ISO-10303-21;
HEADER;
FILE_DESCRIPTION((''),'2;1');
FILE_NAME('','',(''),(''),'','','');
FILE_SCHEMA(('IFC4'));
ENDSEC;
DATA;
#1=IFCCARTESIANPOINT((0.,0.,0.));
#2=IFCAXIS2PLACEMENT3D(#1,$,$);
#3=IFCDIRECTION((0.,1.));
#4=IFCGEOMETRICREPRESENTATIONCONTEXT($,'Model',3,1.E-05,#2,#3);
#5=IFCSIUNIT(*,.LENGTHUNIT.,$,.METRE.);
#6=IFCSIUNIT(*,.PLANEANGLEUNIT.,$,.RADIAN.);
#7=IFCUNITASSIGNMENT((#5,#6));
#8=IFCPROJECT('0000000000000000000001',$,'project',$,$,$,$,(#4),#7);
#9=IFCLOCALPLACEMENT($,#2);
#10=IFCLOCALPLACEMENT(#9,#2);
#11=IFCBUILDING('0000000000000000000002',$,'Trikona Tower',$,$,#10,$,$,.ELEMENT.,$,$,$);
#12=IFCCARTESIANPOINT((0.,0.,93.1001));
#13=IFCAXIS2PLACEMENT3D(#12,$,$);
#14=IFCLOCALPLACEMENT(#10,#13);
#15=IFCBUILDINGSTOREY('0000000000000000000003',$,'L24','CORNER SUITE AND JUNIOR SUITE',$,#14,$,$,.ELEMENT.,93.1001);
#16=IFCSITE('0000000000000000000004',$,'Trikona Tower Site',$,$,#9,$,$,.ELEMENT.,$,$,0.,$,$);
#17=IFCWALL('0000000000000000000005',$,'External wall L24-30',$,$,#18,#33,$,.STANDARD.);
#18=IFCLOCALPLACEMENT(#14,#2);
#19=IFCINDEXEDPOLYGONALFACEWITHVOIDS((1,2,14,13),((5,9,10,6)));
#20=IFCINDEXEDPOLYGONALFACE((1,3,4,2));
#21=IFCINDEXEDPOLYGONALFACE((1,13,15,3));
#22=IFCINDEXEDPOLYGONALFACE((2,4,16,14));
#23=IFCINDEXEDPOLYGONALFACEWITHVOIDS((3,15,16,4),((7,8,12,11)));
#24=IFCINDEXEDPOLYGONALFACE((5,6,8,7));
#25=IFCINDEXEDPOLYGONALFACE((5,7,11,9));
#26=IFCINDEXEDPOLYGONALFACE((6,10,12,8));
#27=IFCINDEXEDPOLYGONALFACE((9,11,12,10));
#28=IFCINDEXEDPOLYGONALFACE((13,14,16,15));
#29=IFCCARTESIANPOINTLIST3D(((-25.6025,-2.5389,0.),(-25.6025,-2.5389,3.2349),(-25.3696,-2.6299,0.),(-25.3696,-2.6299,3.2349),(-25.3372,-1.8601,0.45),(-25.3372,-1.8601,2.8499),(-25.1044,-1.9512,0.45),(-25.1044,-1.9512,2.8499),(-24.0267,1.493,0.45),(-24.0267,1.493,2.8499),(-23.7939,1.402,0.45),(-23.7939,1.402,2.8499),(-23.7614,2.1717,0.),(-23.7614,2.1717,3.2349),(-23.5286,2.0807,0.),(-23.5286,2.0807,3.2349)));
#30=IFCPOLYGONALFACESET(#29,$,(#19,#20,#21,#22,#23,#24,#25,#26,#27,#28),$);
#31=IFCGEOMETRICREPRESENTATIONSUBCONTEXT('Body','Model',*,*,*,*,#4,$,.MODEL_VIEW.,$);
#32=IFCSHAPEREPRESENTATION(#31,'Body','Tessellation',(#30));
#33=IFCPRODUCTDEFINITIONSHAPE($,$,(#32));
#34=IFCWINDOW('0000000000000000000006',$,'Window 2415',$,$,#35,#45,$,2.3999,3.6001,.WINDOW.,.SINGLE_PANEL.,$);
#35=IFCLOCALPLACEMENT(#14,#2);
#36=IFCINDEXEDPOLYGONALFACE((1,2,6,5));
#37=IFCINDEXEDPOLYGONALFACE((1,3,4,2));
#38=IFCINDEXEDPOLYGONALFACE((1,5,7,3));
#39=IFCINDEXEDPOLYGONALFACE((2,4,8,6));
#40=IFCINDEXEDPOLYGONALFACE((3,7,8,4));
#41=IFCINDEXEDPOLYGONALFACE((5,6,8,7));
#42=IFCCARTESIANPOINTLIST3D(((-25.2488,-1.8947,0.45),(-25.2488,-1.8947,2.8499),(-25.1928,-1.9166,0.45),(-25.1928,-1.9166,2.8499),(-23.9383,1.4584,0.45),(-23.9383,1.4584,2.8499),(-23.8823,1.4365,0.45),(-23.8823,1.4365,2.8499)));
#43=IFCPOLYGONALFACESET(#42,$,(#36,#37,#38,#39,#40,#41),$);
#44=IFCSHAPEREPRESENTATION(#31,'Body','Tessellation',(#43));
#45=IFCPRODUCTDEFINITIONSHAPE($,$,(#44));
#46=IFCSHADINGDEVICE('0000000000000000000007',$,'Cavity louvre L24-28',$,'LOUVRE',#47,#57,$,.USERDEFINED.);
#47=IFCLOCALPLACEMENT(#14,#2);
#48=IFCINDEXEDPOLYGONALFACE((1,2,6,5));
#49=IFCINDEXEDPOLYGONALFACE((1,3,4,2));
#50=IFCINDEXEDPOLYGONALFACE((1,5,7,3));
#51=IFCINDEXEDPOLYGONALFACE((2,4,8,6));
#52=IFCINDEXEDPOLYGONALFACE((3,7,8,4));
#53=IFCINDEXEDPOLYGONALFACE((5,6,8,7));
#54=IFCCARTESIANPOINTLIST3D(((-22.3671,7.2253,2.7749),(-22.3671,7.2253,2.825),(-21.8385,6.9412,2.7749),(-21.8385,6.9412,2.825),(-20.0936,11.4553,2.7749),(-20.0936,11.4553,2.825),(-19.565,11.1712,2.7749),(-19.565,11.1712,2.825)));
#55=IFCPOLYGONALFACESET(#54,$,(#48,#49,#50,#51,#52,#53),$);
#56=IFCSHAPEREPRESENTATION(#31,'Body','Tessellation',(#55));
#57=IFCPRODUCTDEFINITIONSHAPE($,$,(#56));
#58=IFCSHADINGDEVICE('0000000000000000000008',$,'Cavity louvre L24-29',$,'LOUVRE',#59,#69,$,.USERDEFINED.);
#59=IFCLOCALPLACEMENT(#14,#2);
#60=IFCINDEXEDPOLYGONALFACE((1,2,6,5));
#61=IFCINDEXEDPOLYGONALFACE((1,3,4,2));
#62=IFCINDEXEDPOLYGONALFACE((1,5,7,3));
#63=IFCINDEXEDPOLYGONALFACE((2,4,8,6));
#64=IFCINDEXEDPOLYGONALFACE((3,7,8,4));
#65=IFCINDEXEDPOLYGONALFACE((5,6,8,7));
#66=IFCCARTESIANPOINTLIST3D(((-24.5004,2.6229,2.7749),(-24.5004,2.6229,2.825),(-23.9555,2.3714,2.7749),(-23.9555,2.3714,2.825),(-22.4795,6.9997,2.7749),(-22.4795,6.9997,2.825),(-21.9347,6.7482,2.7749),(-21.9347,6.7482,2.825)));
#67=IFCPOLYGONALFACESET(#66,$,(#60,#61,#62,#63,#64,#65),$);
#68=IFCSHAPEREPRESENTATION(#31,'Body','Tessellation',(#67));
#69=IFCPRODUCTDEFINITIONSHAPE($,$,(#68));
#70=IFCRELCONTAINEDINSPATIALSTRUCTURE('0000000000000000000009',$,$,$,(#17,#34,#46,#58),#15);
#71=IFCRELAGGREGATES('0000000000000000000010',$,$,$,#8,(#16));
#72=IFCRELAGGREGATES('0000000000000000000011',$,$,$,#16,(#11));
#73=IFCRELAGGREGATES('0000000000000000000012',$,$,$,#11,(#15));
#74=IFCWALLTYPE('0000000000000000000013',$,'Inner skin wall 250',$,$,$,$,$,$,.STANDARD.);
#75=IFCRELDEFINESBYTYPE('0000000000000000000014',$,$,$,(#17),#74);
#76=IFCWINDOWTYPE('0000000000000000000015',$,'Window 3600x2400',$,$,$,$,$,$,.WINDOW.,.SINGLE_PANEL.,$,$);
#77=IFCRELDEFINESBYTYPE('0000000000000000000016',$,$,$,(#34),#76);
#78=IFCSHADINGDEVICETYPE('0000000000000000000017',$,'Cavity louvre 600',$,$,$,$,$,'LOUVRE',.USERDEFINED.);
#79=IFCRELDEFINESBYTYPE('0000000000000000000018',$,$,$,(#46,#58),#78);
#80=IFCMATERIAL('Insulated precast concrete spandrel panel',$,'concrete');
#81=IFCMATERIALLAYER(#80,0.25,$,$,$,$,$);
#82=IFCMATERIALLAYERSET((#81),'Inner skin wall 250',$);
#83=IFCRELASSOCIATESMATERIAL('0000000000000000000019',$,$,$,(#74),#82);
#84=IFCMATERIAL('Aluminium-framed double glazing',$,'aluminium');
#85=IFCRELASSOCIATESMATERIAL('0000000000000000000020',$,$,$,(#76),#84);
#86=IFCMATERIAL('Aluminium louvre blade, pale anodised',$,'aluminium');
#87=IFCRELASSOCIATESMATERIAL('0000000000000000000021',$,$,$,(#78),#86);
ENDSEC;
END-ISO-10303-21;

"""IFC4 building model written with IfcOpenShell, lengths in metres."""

from ifc_helpers import new_model, si_unit, direction, frame, frame_2d, origin, origin_2d, place, context, subcontext, project, spatial, rectangle, extrude, material, layer, layer_set, type_object, element, fill, save


model = new_model("IFC4")

# Units and contexts
model_context = context("Model", 3, precision=1e-05, world=origin(), true_north=direction((0.0, 1.0)))
body_context = subcontext(model_context, "Body", "Model", "MODEL_VIEW")
ifc_project = project(units=[si_unit("LENGTHUNIT", "METRE"), si_unit("PLANEANGLEUNIT", "RADIAN")], contexts=[model_context])

# Site, building, storey
site_placement = place(None, origin())
site = spatial("IfcSite", under=ifc_project, at=site_placement, Name="Trikona Tower Site", CompositionType="ELEMENT", RefElevation=0.0)
building_placement = place(site_placement, origin())
building = spatial("IfcBuilding", under=site, at=building_placement, Name="Trikona Tower", CompositionType="ELEMENT")
storey_placement = place(building_placement, frame((0.0, 0.0, 93.1001)))
storey = spatial("IfcBuildingStorey", under=building, at=storey_placement, Name="L24", Description="CORNER SUITE AND JUNIOR SUITE", CompositionType="ELEMENT", Elevation=93.1001)

# Wall, opening, window
ifc_material_1 = material(Name="Insulated precast concrete spandrel panel", Category="concrete")
ifc_layer_1 = layer(ifc_material_1, 0.25)
ifc_layer_set_1 = layer_set([ifc_layer_1], Name="Inner skin wall 250")
wall_type = type_object("IfcWallType", Name="Inner skin wall 250", PredefinedType="STANDARD", material=ifc_layer_set_1)
ifc_material_2 = material(Name="Aluminium-framed double glazing", Category="aluminium")
window_type = type_object("IfcWindowType", Name="Window 3600x2400", PartitioningType="SINGLE_PANEL", PredefinedType="WINDOW", material=ifc_material_2)
wall_1_placement = place(storey_placement, frame((-23.645, 2.1262, 0.0), z_axis=(0.0, 0.0, 1.0), x_axis=(-0.364013, -0.931394, 0.0)))
wall_1 = element("IfcWall", 1, at=wall_1_placement, inside=storey, type_object=wall_type, Name="External wall L24-30", PredefinedType="STANDARD", context=body_context, shape_type="SweptSolid", body=[
    extrude(rectangle(XDim=5.0576, YDim=0.25, at=frame_2d((2.5288, 0.0))), origin(), (0.0, 0.0, 1.0), 3.2349),
])
opening_1_placement = place(wall_1_placement, frame((0.7288, 0.0, 0.45)))
opening_1 = element("IfcOpeningElement", 2, at=opening_1_placement, cuts=wall_1, PredefinedType="OPENING", context=body_context, shape_type="SweptSolid", body=[
    extrude(rectangle(XDim=3.6001, YDim=2.3999, at=frame_2d((1.8, 1.2))), frame((0.0, 0.135, 0.0), z_axis=(0.0, -1.0, 0.0), x_axis=(1.0, 0.0, 0.0)), (0.0, 0.0, 1.0), 0.27),
])
window_1_placement = place(opening_1_placement, origin())
window_1 = element("IfcWindow", 3, at=window_1_placement, inside=storey, type_object=window_type, Name="Window 2415", OverallHeight=2.3999, OverallWidth=3.6001, PartitioningType="SINGLE_PANEL", PredefinedType="WINDOW", context=body_context, shape_type="SweptSolid", body=[
    extrude(rectangle(XDim=3.6001, YDim=2.3999, at=frame_2d((1.8, 1.2))), frame((0.0, 0.03, 0.0), z_axis=(0.0, -1.0, 0.0), x_axis=(1.0, 0.0, 0.0)), (0.0, 0.0, 1.0), 0.0601),
])
fill(opening_1, window_1)

# Shading devices
ifc_material_3 = material(Name="Aluminium louvre blade, pale anodised", Category="aluminium")
shading_device_type = type_object("IfcShadingDeviceType", Name="Cavity louvre 600", ElementType="LOUVRE", PredefinedType="USERDEFINED", material=ifc_material_3)
shading_device_1_placement = place(storey_placement, frame((-20.9661, 9.1982, 2.7749), z_axis=(0.0, 0.0, 1.0), x_axis=(-0.473423, -0.880835, 0.0)))
element("IfcShadingDevice", 4, at=shading_device_1_placement, inside=storey, type_object=shading_device_type, Name="Cavity louvre L24-28", ObjectType="LOUVRE", PredefinedType="USERDEFINED", context=body_context, shape_type="SweptSolid", body=[
    extrude(rectangle(XDim=4.8022, YDim=0.6001, at=origin_2d()), origin(), (0.0, 0.0, 1.0), 0.05),
])
shading_device_2_placement = place(storey_placement, frame((-23.2175, 4.6855, 2.7749), z_axis=(0.0, 0.0, 1.0), x_axis=(-0.419194, -0.907897, 0.0)))
element("IfcShadingDevice", 5, at=shading_device_2_placement, inside=storey, type_object=shading_device_type, Name="Cavity louvre L24-29", ObjectType="LOUVRE", PredefinedType="USERDEFINED", context=body_context, shape_type="SweptSolid", body=[
    extrude(rectangle(XDim=4.8208, YDim=0.6001, at=origin_2d()), origin(), (0.0, 0.0, 1.0), 0.05),
])

save(model, "model.ifc")
